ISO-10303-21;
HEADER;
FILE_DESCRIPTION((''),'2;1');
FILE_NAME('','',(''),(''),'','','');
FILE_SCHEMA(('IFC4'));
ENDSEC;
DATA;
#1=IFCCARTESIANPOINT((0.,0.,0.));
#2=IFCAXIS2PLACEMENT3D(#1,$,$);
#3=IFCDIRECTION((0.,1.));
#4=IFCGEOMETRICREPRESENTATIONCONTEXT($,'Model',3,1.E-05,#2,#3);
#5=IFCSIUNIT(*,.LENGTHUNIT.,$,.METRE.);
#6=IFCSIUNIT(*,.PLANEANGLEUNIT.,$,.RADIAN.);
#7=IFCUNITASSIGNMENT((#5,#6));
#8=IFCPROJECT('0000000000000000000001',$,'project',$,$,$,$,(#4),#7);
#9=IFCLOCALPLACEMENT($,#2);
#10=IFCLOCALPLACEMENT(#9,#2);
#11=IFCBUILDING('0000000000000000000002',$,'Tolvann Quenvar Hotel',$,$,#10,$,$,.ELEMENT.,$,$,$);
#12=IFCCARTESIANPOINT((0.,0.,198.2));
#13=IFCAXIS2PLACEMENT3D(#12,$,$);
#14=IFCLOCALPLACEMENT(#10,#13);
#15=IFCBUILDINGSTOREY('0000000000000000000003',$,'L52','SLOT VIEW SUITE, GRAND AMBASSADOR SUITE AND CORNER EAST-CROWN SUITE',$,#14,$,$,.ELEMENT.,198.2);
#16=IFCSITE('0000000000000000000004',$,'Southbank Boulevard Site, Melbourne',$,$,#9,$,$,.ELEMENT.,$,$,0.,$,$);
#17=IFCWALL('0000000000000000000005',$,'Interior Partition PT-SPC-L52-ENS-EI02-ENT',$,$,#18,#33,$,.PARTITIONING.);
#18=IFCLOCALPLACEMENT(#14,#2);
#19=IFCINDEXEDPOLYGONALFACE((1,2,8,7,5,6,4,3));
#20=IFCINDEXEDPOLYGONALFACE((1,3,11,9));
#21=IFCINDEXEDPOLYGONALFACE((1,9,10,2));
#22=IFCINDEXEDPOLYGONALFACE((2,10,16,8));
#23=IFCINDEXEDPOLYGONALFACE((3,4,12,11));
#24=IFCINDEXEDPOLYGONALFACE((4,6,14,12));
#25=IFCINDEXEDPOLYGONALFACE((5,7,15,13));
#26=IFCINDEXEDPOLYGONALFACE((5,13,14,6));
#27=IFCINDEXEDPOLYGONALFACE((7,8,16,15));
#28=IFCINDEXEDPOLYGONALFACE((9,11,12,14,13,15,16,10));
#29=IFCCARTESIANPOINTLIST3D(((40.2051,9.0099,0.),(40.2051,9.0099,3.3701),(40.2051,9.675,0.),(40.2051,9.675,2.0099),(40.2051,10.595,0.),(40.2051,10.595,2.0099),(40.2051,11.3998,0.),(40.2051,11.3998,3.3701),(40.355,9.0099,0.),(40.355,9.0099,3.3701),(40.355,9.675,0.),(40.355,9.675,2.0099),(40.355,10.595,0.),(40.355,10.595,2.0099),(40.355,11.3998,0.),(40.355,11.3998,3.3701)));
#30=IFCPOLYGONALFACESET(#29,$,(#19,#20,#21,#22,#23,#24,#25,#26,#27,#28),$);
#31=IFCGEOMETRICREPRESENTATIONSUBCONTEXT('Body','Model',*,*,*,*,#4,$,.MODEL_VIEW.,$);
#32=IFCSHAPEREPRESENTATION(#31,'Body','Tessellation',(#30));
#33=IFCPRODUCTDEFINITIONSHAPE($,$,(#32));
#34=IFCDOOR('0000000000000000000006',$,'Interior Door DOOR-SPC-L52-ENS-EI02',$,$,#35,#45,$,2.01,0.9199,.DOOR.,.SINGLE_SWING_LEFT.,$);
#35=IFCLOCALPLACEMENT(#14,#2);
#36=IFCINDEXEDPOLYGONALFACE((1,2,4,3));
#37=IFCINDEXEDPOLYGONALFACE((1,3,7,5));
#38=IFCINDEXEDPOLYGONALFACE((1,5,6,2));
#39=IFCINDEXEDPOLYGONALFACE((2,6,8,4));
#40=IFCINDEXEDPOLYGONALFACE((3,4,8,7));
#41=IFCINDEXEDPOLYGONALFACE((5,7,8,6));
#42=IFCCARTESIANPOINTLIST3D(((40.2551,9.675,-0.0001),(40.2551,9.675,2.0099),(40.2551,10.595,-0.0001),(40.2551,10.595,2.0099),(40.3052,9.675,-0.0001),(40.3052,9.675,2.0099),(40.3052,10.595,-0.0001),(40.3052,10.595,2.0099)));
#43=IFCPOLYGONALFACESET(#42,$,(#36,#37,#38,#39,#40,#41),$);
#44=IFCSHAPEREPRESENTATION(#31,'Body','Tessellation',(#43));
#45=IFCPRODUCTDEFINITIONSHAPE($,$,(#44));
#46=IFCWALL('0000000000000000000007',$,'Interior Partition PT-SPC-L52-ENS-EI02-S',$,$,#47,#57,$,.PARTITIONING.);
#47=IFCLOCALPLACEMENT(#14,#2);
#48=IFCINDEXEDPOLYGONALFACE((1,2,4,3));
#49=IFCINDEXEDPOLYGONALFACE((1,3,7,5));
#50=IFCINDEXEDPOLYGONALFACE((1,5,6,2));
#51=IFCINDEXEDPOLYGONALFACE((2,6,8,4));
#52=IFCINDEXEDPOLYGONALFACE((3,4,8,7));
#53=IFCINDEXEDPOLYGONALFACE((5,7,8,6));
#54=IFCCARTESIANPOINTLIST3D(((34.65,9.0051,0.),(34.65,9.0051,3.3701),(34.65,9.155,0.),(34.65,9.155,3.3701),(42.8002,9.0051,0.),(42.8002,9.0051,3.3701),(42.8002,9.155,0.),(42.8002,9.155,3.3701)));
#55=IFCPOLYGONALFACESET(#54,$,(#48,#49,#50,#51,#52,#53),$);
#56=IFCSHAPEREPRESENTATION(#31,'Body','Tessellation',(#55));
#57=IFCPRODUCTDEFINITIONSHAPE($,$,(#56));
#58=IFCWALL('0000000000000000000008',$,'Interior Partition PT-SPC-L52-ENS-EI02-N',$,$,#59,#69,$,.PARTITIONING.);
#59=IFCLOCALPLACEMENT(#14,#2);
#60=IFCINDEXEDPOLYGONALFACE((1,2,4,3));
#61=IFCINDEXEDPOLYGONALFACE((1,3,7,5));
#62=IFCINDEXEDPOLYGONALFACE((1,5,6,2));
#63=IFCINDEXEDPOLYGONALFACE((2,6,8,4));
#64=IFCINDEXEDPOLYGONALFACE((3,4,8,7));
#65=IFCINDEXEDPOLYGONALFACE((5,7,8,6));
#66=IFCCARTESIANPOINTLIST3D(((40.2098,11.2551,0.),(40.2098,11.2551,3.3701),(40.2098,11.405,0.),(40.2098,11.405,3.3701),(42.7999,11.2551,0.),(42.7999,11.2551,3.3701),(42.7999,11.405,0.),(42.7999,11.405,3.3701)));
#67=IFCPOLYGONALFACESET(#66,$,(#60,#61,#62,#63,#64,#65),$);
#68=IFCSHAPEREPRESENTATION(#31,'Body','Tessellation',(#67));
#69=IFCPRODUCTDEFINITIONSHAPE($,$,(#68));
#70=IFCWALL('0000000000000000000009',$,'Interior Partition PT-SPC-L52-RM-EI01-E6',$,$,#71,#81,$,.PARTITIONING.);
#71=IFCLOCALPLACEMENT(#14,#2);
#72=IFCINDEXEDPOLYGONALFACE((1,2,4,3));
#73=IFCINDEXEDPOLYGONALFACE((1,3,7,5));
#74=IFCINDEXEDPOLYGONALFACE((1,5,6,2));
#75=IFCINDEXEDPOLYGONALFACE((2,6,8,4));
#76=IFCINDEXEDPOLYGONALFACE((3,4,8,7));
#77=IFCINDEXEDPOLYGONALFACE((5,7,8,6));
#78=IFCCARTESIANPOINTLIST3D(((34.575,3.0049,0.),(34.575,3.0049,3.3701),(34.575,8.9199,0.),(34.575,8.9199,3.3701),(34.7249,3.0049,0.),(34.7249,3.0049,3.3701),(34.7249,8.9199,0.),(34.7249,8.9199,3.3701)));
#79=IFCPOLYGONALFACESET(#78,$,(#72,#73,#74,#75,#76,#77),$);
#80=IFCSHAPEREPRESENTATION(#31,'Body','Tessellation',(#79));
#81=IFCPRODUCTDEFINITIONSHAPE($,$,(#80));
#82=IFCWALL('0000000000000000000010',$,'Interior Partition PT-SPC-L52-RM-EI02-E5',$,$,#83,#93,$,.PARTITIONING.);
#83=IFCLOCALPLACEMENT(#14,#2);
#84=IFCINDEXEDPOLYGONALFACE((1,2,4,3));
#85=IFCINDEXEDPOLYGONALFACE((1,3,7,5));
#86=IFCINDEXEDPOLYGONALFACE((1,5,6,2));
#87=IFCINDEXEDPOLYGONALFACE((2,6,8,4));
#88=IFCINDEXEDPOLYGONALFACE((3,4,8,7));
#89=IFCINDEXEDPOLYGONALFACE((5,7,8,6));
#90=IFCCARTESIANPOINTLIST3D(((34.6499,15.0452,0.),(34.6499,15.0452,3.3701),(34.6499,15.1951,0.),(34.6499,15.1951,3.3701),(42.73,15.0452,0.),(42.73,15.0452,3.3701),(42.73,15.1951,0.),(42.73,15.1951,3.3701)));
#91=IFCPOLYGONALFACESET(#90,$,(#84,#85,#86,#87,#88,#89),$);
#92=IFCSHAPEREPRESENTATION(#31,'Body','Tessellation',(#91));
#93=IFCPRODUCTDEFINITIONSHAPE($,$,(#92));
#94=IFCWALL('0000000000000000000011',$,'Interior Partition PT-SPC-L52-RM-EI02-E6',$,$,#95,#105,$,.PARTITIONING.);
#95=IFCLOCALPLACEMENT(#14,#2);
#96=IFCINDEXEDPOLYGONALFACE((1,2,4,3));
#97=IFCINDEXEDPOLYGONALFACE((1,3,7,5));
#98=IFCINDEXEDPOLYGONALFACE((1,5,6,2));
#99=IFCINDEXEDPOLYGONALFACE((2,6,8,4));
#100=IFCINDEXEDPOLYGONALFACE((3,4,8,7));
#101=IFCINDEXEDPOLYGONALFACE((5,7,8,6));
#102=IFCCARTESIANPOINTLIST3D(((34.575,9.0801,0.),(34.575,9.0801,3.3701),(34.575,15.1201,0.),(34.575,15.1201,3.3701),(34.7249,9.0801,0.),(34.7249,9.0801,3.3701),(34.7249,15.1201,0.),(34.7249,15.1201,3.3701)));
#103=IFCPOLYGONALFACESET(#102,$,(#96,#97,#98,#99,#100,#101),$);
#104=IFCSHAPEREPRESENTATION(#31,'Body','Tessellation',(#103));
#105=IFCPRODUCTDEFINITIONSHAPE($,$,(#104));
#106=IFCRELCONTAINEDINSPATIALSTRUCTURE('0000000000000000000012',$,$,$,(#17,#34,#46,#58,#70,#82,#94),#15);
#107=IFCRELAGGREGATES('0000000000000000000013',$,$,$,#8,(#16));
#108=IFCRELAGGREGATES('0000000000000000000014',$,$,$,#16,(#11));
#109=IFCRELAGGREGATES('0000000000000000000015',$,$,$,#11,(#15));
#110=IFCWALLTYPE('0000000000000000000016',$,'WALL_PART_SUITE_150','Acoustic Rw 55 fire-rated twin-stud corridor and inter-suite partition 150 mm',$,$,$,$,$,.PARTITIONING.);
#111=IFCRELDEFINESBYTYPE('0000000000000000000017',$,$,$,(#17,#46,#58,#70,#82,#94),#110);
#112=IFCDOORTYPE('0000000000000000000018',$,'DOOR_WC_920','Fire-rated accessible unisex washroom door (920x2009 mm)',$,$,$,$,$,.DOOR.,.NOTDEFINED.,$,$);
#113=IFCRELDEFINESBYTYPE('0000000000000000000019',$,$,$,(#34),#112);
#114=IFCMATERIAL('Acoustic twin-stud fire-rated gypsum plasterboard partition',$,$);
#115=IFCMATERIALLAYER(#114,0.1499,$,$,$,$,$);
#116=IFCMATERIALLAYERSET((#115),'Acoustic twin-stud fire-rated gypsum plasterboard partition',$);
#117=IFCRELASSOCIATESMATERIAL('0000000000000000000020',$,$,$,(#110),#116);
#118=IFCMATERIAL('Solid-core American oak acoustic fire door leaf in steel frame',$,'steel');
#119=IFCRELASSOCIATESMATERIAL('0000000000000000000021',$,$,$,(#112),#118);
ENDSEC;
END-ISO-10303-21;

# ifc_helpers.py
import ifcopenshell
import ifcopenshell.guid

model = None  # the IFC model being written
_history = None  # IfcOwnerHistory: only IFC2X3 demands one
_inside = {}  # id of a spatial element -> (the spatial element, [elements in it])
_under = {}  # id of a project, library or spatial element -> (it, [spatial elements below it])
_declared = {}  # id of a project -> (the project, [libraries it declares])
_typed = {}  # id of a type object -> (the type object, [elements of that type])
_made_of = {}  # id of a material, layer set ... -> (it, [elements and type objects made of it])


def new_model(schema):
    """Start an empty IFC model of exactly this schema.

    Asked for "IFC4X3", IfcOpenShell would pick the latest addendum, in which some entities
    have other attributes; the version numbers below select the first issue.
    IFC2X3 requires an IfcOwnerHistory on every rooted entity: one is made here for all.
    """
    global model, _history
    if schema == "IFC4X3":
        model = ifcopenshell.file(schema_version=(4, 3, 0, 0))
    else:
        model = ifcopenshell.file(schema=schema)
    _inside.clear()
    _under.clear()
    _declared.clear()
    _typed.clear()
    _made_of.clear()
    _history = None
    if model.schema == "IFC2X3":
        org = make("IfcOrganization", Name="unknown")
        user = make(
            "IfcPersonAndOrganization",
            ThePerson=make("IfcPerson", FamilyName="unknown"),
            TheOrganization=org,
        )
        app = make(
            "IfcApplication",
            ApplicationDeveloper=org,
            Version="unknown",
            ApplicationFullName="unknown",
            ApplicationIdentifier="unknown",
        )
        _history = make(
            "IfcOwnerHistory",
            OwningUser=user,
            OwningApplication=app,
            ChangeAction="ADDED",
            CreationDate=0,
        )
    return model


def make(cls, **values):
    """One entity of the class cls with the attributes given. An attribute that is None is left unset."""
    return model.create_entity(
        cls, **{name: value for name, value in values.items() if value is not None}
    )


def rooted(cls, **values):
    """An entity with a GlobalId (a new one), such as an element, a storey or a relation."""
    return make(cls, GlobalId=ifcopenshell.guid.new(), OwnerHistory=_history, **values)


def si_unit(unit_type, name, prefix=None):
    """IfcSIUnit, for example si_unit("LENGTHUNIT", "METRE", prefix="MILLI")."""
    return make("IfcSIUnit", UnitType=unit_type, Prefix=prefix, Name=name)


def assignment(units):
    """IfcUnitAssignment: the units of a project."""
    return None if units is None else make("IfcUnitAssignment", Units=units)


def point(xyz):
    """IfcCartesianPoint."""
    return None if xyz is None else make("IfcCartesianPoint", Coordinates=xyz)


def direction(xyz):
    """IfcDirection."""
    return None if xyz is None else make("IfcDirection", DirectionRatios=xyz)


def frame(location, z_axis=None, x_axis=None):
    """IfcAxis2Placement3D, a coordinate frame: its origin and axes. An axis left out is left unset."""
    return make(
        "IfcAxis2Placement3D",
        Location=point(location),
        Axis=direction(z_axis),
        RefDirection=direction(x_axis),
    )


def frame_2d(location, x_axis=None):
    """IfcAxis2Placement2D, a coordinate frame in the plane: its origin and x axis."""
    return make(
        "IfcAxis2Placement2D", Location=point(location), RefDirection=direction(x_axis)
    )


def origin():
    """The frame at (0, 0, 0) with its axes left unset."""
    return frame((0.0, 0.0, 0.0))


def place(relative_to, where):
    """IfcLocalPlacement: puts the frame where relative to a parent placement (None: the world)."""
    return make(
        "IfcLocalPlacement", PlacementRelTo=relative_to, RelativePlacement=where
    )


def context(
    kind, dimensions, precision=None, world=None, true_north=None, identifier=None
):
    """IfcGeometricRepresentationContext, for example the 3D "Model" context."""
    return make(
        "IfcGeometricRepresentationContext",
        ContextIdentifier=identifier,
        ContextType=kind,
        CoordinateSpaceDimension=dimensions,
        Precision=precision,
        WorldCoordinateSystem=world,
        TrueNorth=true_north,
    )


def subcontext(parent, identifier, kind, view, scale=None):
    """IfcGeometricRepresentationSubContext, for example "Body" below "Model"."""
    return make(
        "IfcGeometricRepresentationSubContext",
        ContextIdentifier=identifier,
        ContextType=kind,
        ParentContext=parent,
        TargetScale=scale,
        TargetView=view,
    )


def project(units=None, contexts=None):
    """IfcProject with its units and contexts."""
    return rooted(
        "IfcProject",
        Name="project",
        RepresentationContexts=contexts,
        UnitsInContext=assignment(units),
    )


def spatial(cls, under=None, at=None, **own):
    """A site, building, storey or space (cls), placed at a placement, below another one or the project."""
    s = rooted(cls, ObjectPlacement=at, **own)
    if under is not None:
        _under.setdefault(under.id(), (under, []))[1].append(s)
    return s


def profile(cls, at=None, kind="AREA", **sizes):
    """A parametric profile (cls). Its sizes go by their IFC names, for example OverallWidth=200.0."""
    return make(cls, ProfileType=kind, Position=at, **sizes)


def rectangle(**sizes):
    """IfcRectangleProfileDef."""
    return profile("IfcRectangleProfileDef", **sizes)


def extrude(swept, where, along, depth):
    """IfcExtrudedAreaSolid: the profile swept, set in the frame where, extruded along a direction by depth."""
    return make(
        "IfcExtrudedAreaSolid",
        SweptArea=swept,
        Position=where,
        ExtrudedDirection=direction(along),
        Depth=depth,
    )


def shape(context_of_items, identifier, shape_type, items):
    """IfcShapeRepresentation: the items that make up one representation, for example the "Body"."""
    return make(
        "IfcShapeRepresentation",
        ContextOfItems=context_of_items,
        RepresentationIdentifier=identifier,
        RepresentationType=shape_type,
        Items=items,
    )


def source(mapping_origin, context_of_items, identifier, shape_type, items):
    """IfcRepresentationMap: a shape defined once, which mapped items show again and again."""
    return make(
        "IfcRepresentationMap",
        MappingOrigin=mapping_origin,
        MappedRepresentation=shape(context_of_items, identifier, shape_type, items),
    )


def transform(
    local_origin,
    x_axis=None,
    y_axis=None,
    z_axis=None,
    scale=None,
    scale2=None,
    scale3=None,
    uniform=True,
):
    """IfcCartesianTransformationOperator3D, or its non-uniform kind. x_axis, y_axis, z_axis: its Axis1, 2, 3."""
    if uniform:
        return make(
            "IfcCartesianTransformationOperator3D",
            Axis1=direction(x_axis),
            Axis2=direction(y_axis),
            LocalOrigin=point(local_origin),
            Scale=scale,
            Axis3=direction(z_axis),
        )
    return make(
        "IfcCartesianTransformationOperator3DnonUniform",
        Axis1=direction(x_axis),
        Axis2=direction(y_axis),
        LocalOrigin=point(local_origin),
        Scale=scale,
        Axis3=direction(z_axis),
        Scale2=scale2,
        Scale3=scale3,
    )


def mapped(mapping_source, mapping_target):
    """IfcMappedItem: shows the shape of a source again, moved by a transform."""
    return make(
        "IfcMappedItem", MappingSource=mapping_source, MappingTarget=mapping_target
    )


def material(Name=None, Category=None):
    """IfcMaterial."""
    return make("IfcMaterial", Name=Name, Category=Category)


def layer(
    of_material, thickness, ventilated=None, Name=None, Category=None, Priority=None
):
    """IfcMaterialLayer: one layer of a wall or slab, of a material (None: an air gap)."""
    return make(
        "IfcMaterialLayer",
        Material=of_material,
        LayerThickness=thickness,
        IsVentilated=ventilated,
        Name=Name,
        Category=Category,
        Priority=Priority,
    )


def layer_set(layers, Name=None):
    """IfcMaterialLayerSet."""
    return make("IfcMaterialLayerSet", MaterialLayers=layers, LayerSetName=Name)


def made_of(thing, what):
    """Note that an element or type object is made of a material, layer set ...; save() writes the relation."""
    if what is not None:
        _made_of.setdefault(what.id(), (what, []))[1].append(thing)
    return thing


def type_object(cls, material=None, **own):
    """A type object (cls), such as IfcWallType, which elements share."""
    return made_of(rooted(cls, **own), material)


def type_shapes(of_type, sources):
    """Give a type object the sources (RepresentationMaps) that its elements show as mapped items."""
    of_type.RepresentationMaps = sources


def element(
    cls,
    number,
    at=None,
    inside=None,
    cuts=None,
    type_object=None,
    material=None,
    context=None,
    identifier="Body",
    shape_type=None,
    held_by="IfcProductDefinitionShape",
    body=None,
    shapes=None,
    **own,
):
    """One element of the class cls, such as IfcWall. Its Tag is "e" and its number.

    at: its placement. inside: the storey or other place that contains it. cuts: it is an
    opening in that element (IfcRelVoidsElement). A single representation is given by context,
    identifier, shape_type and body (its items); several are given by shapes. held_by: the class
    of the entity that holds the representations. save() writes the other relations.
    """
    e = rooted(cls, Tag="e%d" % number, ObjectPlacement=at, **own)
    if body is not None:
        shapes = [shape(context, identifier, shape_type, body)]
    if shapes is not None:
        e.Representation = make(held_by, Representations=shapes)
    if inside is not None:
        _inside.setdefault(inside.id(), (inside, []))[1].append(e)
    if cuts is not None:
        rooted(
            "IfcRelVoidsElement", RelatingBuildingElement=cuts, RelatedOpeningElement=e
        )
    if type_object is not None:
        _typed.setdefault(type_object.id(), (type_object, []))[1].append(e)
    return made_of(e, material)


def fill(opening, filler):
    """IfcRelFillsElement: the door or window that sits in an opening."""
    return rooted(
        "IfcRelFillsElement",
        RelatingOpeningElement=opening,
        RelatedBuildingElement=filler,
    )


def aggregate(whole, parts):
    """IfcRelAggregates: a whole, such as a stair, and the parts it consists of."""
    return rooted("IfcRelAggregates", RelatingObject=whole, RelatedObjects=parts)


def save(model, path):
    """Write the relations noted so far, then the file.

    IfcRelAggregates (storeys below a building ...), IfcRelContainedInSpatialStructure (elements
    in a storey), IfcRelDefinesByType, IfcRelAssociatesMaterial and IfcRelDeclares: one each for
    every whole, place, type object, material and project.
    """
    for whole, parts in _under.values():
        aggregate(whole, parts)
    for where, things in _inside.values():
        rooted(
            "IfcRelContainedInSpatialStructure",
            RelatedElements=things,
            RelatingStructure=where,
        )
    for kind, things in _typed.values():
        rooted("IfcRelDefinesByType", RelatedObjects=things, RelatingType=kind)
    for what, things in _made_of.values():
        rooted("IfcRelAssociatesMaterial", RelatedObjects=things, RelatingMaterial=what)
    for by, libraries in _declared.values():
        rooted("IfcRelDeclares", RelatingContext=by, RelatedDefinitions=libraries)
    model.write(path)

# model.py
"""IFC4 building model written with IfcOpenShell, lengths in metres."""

from ifc_helpers import new_model, si_unit, direction, frame, frame_2d, origin, place, context, subcontext, project, spatial, rectangle, extrude, source, transform, mapped, material, layer, layer_set, type_object, type_shapes, element, fill, save


model = new_model("IFC4")

# Units and contexts
model_context = context("Model", 3, precision=1e-05, world=origin(), true_north=direction((0.0, 1.0)))
body_context = subcontext(model_context, "Body", "Model", "MODEL_VIEW")
ifc_project = project(units=[si_unit("LENGTHUNIT", "METRE"), si_unit("PLANEANGLEUNIT", "RADIAN")], contexts=[model_context])

# Site, building, storey
site_placement = place(None, origin())
site = spatial("IfcSite", under=ifc_project, at=site_placement, Name="Southbank Boulevard Site, Melbourne", CompositionType="ELEMENT", RefElevation=0.0)
building_placement = place(site_placement, origin())
building = spatial("IfcBuilding", under=site, at=building_placement, Name="Tolvann Quenvar Hotel", CompositionType="ELEMENT")
storey_placement = place(building_placement, frame((0.0, 0.0, 198.2)))
storey = spatial("IfcBuildingStorey", under=building, at=storey_placement, Name="L52", Description="SLOT VIEW SUITE, GRAND AMBASSADOR SUITE AND CORNER EAST-CROWN SUITE", CompositionType="ELEMENT", Elevation=198.2)

# Shared definitions
ifc_material_1 = material(Name="Acoustic twin-stud fire-rated gypsum plasterboard partition")
ifc_layer_1 = layer(ifc_material_1, 0.1499)
ifc_layer_set_1 = layer_set([ifc_layer_1], Name="Acoustic twin-stud fire-rated gypsum plasterboard partition")
wall_type_1 = type_object("IfcWallType", Name="WALL_PART_SUITE_150", Description="Acoustic Rw 55 fire-rated twin-stud corridor and inter-suite partition 150 mm", PredefinedType="PARTITIONING", material=ifc_layer_set_1)
ifc_material_2 = material(Name="Solid-core American oak acoustic fire door leaf in steel frame", Category="steel")
door_type = type_object("IfcDoorType", Name="DOOR_WC_920", Description="Fire-rated accessible unisex washroom door (920x2009 mm)", OperationType="NOTDEFINED", PredefinedType="DOOR", material=ifc_material_2)
shared_shape_1 = source(origin(), body_context, "Body", "SweptSolid", [
    extrude(rectangle(XDim=0.9199, YDim=2.01, at=frame_2d((0.46, 1.0049))), frame((0.0, 0.0249, 0.0), z_axis=(0.0, -1.0, 0.0), x_axis=(1.0, 0.0, 0.0)), (0.0, 0.0, 1.0), 0.05),
])
type_shapes(door_type, [shared_shape_1])

# Wall, opening, door
wall_1_placement = place(storey_placement, frame((40.28, 9.01, 0.0), z_axis=(0.0, 0.0, 1.0), x_axis=(0.0, 1.0, 0.0)))
wall_1 = element("IfcWall", 1, at=wall_1_placement, inside=storey, type_object=wall_type_1, Name="Interior Partition PT-SPC-L52-ENS-EI02-ENT", PredefinedType="PARTITIONING", context=body_context, shape_type="SweptSolid", body=[
    extrude(rectangle(XDim=2.3899, YDim=0.1499, at=frame_2d((1.1948, 0.0))), origin(), (0.0, 0.0, 1.0), 3.3701),
])
opening_1_placement = place(wall_1_placement, frame((0.665, 0.0, 0.0)))
opening_1 = element("IfcOpeningElement", 2, at=opening_1_placement, cuts=wall_1, PredefinedType="OPENING", context=body_context, shape_type="SweptSolid", body=[
    extrude(rectangle(XDim=0.9199, YDim=2.01, at=frame_2d((0.46, 1.0049))), frame((0.0, 0.085, 0.0), z_axis=(0.0, -1.0, 0.0), x_axis=(1.0, 0.0, 0.0)), (0.0, 0.0, 1.0), 0.1699),
])
door_1_placement = place(opening_1_placement, origin())
door_1 = element("IfcDoor", 3, at=door_1_placement, inside=storey, type_object=door_type, Name="Interior Door DOOR-SPC-L52-ENS-EI02", OperationType="SINGLE_SWING_LEFT", OverallHeight=2.01, OverallWidth=0.9199, PredefinedType="DOOR", context=body_context, shape_type="MappedRepresentation", body=[
    mapped(shared_shape_1, transform((0.0, 0.0, 0.0), x_axis=(1.0, 0.0, 0.0), y_axis=(0.0, 1.0, 0.0), z_axis=(0.0, 0.0, 1.0), scale=1.0)),
])
fill(opening_1, door_1)

# Walls
wall_2_placement = place(storey_placement, frame((34.6499, 9.0801, 0.0), z_axis=(0.0, 0.0, 1.0), x_axis=(1.0, 0.0, 0.0)))
element("IfcWall", 4, at=wall_2_placement, inside=storey, type_object=wall_type_1, Name="Interior Partition PT-SPC-L52-ENS-EI02-S", PredefinedType="PARTITIONING", context=body_context, shape_type="SweptSolid", body=[
    extrude(rectangle(XDim=8.1501, YDim=0.1499, at=frame_2d((4.0752, 0.0))), origin(), (0.0, 0.0, 1.0), 3.3701),
])
wall_3_placement = place(storey_placement, frame((40.21, 11.3301, 0.0), z_axis=(0.0, 0.0, 1.0), x_axis=(1.0, 0.0, 0.0)))
element("IfcWall", 5, at=wall_3_placement, inside=storey, type_object=wall_type_1, Name="Interior Partition PT-SPC-L52-ENS-EI02-N", PredefinedType="PARTITIONING", context=body_context, shape_type="SweptSolid", body=[
    extrude(rectangle(XDim=2.5901, YDim=0.1499, at=frame_2d((1.2949, 0.0))), origin(), (0.0, 0.0, 1.0), 3.3701),
])
wall_4_placement = place(storey_placement, frame((34.6499, 3.0049, 0.0), z_axis=(0.0, 0.0, 1.0), x_axis=(0.0, 1.0, 0.0)))
element("IfcWall", 6, at=wall_4_placement, inside=storey, type_object=wall_type_1, Name="Interior Partition PT-SPC-L52-RM-EI01-E6", PredefinedType="PARTITIONING", context=body_context, shape_type="SweptSolid", body=[
    extrude(rectangle(XDim=5.915, YDim=0.1499, at=frame_2d((2.9575, 0.0))), origin(), (0.0, 0.0, 1.0), 3.3701),
])
wall_5_placement = place(storey_placement, frame((34.6499, 15.1201, 0.0), z_axis=(0.0, 0.0, 1.0), x_axis=(1.0, 0.0, 0.0)))
element("IfcWall", 7, at=wall_5_placement, inside=storey, type_object=wall_type_1, Name="Interior Partition PT-SPC-L52-RM-EI02-E5", PredefinedType="PARTITIONING", context=body_context, shape_type="SweptSolid", body=[
    extrude(rectangle(XDim=8.0801, YDim=0.1499, at=frame_2d((4.04, 0.0))), origin(), (0.0, 0.0, 1.0), 3.3701),
])
wall_6_placement = place(storey_placement, frame((34.6499, 9.0801, 0.0), z_axis=(0.0, 0.0, 1.0), x_axis=(0.0, 1.0, 0.0)))
element("IfcWall", 8, at=wall_6_placement, inside=storey, type_object=wall_type_1, Name="Interior Partition PT-SPC-L52-RM-EI02-E6", PredefinedType="PARTITIONING", context=body_context, shape_type="SweptSolid", body=[
    extrude(rectangle(XDim=6.04, YDim=0.1499, at=frame_2d((3.02, 0.0))), origin(), (0.0, 0.0, 1.0), 3.3701),
])

save(model, "model.ifc")
